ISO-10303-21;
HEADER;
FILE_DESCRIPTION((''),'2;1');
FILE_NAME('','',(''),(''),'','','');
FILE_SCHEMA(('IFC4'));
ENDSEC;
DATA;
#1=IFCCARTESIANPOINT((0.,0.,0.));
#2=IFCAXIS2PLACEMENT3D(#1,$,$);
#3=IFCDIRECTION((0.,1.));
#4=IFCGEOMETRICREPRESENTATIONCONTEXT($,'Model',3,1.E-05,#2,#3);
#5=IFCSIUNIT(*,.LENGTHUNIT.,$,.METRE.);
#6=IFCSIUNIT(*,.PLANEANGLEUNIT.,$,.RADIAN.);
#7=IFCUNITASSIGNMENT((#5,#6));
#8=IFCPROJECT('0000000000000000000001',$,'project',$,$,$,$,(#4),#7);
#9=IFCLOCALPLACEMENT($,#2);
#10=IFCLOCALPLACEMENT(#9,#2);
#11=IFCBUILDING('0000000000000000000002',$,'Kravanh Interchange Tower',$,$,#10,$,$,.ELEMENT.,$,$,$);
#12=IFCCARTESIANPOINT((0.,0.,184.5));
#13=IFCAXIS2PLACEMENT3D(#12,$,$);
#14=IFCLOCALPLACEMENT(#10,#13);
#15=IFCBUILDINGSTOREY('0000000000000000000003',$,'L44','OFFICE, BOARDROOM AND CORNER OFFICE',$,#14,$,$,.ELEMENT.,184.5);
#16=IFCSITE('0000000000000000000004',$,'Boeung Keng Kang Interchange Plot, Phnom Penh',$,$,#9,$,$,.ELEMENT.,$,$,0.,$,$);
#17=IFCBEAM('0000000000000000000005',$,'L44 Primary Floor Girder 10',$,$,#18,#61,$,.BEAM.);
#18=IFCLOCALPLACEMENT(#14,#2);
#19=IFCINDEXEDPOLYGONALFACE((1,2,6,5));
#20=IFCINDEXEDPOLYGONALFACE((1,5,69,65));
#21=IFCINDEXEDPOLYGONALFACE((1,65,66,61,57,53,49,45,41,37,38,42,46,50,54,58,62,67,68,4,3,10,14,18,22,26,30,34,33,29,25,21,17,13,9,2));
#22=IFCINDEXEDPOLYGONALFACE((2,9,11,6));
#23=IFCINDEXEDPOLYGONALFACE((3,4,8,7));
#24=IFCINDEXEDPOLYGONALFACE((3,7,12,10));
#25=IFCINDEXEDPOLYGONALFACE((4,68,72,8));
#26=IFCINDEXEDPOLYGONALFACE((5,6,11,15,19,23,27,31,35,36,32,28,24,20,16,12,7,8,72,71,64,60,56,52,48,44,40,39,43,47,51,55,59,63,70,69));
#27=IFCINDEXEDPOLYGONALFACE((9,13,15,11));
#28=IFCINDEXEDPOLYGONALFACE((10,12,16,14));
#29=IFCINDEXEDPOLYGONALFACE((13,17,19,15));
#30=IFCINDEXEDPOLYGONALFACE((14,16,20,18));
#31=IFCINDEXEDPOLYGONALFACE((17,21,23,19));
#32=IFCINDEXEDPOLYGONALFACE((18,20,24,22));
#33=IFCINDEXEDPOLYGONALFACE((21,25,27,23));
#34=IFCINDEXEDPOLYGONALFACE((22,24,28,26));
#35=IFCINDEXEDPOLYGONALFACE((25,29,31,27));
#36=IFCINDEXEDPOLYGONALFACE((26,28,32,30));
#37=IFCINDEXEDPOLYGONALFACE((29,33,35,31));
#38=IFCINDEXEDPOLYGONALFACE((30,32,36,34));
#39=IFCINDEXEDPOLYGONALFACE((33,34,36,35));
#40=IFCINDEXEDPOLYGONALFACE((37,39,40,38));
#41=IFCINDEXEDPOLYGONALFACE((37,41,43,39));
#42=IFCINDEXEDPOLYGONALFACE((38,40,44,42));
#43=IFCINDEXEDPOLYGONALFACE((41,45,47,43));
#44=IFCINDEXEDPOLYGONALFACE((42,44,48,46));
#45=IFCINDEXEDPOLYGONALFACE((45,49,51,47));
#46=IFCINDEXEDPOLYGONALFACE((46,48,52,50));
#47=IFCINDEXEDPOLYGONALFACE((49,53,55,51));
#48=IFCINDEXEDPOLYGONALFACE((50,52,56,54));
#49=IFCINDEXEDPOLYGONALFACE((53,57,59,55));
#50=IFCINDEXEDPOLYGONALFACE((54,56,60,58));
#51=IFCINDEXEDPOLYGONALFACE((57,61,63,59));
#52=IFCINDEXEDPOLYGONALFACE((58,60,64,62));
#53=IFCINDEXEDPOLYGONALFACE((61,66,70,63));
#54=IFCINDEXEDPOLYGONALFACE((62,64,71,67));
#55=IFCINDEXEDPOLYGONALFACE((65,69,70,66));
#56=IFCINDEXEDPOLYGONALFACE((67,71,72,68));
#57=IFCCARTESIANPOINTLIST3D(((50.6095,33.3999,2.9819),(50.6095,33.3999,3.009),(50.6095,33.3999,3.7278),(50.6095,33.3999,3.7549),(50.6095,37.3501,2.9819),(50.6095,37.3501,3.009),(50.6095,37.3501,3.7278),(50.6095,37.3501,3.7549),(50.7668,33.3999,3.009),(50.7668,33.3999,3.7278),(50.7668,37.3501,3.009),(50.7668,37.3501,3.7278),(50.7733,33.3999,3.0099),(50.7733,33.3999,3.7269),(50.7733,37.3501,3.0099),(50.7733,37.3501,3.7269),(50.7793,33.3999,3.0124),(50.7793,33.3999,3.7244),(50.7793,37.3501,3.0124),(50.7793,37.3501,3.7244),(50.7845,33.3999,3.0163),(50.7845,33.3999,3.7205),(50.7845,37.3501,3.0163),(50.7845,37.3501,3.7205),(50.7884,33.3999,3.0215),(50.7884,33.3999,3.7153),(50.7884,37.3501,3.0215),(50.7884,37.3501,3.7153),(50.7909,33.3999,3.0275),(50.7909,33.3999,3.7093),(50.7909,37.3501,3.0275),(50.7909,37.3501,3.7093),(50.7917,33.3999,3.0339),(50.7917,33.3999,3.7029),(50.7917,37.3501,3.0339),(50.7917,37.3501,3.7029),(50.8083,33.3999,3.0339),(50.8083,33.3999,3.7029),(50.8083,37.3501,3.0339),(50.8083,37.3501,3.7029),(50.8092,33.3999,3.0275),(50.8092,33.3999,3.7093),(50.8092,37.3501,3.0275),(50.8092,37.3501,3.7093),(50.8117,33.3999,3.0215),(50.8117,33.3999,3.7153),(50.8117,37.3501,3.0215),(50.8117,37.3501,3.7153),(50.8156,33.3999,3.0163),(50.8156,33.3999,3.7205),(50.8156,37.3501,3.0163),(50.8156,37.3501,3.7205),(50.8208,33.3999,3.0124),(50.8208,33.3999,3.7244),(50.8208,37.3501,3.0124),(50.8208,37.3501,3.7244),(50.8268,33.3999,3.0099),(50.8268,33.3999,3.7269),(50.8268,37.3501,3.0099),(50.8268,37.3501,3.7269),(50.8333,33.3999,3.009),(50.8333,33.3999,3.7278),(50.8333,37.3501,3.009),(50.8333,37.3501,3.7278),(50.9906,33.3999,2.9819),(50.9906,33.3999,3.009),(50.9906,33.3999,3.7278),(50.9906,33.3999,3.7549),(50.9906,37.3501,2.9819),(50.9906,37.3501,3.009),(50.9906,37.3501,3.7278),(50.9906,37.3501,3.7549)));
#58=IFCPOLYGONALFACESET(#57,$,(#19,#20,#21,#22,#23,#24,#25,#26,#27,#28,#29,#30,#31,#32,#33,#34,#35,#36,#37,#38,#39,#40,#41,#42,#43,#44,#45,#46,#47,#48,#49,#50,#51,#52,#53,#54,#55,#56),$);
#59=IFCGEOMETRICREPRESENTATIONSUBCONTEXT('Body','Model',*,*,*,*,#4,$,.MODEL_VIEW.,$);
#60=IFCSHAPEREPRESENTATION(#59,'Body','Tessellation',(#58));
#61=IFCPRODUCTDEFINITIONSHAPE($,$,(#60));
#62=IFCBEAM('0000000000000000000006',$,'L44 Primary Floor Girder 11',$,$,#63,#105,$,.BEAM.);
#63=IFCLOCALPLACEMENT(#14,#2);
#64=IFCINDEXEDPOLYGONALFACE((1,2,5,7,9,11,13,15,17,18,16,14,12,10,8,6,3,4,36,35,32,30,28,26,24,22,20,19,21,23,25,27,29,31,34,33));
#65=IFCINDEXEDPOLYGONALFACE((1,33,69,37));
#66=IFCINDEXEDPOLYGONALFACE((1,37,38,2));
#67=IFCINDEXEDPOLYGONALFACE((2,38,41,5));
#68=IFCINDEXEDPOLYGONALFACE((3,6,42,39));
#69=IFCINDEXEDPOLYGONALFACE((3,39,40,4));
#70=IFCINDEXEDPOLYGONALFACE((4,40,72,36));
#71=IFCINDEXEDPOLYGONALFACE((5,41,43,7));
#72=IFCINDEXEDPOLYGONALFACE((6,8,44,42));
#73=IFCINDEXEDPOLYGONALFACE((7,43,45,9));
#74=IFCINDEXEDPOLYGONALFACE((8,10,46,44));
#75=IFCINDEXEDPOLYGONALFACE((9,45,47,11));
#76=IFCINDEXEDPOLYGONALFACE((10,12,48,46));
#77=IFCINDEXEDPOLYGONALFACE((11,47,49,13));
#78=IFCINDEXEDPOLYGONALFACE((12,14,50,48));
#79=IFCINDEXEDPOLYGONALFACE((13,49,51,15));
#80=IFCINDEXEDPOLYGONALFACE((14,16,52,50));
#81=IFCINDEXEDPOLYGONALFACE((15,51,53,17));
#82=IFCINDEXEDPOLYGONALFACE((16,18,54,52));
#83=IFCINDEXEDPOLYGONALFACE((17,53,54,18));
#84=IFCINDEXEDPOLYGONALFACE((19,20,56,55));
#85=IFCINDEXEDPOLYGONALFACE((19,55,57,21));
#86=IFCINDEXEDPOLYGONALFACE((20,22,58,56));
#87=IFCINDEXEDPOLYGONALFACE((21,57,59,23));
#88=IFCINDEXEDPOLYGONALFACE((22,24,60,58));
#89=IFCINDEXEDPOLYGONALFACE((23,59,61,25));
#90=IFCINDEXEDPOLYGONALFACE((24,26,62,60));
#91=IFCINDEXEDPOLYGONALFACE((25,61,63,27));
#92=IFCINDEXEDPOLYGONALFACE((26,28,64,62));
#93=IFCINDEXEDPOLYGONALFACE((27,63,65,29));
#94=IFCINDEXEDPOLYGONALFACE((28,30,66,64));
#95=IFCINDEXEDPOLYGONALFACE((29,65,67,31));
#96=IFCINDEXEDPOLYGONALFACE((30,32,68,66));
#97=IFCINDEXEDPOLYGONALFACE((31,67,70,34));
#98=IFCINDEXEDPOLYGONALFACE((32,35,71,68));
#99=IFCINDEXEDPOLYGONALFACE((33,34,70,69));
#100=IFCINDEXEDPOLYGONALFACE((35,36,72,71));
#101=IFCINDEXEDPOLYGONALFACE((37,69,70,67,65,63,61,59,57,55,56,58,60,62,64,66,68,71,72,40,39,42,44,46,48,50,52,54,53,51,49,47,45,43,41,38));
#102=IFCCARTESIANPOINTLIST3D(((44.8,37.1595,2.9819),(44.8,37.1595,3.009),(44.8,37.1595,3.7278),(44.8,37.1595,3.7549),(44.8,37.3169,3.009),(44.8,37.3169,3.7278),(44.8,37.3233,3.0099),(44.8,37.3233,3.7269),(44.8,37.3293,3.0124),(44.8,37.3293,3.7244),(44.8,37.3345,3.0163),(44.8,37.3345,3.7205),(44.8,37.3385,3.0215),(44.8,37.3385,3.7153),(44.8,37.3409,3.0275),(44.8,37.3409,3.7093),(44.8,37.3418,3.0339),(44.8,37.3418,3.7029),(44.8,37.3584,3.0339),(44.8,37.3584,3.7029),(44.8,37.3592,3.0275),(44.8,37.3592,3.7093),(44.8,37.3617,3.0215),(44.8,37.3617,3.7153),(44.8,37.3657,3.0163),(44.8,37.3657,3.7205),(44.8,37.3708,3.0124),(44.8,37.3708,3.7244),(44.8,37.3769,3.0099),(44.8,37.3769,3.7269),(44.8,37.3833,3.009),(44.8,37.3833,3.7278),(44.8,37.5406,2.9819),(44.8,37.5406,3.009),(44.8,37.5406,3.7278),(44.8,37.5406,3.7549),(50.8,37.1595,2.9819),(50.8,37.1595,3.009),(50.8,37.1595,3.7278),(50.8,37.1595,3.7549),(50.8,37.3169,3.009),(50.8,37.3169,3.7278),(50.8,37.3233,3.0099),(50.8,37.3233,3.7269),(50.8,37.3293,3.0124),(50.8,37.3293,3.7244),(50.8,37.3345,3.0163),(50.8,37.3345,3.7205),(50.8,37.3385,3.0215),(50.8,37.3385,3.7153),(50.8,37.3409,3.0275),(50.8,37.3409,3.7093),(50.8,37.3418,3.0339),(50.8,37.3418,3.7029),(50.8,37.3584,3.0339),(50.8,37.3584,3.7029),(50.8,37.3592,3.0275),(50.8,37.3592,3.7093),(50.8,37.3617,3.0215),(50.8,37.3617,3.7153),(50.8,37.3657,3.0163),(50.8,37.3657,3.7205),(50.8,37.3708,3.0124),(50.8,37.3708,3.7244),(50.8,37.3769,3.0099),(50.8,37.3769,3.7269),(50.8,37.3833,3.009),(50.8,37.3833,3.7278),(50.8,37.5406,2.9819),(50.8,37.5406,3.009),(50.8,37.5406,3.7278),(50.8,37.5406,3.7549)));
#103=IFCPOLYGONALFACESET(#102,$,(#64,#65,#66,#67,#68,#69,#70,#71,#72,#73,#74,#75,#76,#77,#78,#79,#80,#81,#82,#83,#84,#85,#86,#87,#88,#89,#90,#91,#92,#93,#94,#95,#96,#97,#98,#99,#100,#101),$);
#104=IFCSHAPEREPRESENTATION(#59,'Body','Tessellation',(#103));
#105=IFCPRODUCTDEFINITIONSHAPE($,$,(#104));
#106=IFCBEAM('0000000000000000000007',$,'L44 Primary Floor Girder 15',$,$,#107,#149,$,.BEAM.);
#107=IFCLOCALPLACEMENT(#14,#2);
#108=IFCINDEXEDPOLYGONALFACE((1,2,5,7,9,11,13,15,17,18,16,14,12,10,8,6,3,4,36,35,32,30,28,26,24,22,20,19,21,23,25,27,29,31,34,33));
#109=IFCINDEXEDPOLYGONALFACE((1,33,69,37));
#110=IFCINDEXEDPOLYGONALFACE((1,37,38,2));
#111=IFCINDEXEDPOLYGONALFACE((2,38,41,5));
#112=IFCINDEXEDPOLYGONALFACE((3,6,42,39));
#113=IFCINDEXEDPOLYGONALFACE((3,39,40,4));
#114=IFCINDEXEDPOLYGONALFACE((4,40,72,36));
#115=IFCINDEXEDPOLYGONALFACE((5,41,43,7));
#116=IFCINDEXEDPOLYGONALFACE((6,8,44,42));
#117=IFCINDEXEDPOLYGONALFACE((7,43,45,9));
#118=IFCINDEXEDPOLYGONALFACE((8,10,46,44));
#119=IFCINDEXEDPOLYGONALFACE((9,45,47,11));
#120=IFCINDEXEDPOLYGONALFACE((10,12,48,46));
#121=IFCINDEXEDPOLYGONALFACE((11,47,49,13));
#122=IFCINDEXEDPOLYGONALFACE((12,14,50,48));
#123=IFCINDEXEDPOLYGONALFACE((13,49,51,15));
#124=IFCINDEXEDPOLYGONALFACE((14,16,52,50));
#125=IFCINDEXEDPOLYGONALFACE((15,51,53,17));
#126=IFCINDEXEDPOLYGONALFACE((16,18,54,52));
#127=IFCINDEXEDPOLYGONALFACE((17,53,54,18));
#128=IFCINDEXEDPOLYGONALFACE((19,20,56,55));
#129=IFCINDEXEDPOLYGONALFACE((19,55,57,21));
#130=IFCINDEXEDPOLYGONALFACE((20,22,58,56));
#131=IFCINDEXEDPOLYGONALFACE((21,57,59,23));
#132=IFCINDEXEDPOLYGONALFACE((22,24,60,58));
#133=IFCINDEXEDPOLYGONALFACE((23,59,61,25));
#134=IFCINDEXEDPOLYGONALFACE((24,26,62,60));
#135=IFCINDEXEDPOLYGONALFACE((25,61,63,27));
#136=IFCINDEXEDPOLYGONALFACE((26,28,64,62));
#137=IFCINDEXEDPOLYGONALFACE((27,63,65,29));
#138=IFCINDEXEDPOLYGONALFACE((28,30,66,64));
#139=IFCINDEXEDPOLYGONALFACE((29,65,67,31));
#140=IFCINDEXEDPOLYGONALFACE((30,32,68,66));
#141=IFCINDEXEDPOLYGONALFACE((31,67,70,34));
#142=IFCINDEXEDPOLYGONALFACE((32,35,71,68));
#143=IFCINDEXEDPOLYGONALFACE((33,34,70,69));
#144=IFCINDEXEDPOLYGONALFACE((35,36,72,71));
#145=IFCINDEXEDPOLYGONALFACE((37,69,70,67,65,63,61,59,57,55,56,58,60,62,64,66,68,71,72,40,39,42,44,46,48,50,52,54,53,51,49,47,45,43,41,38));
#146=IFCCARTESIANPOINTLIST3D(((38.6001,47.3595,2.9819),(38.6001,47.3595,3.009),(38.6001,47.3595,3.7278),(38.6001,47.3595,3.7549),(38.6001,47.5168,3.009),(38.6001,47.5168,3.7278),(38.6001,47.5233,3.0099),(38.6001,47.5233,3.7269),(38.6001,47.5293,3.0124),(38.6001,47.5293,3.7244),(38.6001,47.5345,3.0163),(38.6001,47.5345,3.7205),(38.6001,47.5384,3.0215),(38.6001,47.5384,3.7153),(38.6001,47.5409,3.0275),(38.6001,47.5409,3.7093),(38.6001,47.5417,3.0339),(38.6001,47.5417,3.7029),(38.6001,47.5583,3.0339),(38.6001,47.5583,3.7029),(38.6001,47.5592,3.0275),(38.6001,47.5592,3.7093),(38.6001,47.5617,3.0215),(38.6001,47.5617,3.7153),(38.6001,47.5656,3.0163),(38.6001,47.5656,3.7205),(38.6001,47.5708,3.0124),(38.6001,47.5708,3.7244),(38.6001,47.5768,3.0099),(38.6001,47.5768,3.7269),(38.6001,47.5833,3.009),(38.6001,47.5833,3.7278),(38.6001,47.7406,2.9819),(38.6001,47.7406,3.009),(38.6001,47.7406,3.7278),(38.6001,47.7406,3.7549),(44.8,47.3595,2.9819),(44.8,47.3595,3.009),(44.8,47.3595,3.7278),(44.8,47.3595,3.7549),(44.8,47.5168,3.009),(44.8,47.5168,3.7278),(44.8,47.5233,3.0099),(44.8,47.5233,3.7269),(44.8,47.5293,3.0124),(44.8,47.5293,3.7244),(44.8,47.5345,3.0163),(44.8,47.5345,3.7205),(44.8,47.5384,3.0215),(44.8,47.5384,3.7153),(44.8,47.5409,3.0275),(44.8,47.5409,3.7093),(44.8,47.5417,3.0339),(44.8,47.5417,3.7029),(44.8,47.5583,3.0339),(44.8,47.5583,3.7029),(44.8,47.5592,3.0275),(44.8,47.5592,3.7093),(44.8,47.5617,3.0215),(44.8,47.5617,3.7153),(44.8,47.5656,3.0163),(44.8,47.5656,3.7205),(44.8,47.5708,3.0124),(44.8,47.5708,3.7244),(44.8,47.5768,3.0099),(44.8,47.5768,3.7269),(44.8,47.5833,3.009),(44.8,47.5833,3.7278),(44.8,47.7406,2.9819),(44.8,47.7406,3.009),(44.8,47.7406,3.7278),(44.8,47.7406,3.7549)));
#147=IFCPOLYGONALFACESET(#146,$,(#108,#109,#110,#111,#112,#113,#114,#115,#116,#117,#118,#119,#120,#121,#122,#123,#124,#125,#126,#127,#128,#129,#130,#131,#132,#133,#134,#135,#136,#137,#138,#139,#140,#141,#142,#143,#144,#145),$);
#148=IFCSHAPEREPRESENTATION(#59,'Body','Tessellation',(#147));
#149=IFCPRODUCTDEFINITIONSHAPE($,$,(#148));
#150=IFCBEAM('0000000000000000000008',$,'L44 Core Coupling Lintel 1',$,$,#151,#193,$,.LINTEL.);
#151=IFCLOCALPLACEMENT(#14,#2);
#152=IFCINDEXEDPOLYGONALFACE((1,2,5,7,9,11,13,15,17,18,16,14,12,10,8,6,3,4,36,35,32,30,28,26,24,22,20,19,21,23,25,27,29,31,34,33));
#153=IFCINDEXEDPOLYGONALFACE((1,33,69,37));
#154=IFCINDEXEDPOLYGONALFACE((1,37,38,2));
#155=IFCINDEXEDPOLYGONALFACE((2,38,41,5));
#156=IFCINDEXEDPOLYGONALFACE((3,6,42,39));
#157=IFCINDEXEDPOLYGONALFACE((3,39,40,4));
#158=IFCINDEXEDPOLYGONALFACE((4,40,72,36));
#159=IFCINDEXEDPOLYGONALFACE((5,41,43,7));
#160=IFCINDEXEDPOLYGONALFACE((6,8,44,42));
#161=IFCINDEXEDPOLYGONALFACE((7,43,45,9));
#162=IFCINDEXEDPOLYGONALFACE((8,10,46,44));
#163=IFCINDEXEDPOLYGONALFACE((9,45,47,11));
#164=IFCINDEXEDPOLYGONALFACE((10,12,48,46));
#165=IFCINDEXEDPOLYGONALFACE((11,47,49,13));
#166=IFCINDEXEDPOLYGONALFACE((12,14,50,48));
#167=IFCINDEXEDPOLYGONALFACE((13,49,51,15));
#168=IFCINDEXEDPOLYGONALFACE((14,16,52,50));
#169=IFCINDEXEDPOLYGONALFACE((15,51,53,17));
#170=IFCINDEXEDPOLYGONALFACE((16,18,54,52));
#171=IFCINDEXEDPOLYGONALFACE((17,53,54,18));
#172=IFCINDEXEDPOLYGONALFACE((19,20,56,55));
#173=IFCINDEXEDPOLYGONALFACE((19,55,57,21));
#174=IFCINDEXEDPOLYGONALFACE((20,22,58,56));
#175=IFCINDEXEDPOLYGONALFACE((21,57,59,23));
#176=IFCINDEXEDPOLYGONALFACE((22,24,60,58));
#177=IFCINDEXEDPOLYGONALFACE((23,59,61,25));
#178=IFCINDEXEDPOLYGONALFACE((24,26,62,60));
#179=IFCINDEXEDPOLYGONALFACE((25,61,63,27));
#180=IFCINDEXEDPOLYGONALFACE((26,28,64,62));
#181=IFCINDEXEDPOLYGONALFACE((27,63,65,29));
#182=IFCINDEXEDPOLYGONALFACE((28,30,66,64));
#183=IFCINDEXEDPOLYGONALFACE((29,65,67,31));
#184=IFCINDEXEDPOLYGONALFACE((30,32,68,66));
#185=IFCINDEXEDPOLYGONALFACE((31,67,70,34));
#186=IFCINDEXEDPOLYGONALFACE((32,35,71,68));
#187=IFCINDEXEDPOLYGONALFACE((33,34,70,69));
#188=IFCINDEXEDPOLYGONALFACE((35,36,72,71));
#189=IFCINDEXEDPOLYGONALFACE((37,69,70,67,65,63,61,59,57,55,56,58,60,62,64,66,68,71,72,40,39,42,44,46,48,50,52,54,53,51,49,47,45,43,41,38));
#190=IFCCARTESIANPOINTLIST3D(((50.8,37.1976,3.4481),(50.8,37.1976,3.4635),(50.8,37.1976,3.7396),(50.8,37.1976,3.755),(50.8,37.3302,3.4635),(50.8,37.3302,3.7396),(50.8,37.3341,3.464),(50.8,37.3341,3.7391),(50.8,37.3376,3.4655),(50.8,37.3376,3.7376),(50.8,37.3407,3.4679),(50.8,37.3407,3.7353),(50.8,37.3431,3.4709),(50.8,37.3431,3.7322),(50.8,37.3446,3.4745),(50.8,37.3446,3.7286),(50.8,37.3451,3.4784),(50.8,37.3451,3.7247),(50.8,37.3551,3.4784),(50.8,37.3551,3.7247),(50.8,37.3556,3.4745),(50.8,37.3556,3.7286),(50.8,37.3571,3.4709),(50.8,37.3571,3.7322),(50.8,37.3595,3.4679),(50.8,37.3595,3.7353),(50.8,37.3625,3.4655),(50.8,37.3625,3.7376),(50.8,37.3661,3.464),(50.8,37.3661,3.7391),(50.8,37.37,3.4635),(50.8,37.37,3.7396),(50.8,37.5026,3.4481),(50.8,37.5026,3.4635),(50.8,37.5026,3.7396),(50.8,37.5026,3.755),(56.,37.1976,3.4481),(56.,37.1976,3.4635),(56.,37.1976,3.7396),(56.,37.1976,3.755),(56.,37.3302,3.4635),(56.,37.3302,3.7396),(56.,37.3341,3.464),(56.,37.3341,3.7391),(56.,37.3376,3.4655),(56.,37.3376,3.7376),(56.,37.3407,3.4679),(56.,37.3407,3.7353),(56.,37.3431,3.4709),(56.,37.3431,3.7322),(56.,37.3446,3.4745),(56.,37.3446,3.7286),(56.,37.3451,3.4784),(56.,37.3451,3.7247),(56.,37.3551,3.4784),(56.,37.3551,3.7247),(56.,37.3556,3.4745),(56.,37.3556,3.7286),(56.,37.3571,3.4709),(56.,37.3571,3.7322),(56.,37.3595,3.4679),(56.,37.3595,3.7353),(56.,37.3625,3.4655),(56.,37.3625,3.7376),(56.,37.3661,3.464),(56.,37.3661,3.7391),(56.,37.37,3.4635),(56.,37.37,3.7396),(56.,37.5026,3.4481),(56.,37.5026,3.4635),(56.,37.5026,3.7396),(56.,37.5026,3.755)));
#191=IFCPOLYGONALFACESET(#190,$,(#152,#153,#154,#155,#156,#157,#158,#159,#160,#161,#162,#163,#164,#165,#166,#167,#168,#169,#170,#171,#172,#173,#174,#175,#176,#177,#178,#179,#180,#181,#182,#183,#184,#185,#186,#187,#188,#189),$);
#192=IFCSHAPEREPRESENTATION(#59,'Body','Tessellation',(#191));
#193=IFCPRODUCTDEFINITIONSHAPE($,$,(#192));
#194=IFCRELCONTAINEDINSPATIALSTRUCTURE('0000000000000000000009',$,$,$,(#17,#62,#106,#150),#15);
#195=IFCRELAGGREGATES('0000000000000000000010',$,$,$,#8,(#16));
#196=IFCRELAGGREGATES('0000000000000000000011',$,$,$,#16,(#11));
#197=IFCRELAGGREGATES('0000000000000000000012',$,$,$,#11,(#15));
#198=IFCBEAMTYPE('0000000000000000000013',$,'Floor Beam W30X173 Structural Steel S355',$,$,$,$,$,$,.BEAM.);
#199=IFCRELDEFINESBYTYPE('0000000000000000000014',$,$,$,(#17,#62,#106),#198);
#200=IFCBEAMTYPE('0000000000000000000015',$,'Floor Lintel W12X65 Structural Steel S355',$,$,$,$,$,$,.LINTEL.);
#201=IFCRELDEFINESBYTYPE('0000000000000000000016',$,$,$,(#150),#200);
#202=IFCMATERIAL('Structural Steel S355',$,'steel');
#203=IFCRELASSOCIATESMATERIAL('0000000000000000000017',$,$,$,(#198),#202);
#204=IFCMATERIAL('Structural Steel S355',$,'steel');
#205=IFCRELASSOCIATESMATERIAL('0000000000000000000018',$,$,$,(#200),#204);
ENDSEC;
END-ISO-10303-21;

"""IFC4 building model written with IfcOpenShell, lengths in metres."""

from ifc_helpers import new_model, si_unit, direction, frame, origin, origin_2d, place, context, subcontext, project, spatial, i_section, extrude, material, material_profile, profile_set, type_object, element, save


model = new_model("IFC4")

# Units and contexts
model_context = context("Model", 3, precision=1e-05, world=origin(), true_north=direction((0.0, 1.0)))
body_context = subcontext(model_context, "Body", "Model", "MODEL_VIEW")
ifc_project = project(units=[si_unit("LENGTHUNIT", "METRE"), si_unit("PLANEANGLEUNIT", "RADIAN")], contexts=[model_context])

# Site, building, storey
site_placement = place(None, origin())
site = spatial("IfcSite", under=ifc_project, at=site_placement, Name="Boeung Keng Kang Interchange Plot, Phnom Penh", CompositionType="ELEMENT", RefElevation=0.0)
building_placement = place(site_placement, origin())
building = spatial("IfcBuilding", under=site, at=building_placement, Name="Kravanh Interchange Tower", CompositionType="ELEMENT")
storey_placement = place(building_placement, frame((0.0, 0.0, 184.5)))
storey = spatial("IfcBuildingStorey", under=building, at=storey_placement, Name="L44", Description="OFFICE, BOARDROOM AND CORNER OFFICE", CompositionType="ELEMENT", Elevation=184.5)

# Beams
ifc_material_1 = material(Name="Structural Steel S355", Category="steel")
ifc_material_profile_1 = material_profile(ifc_material_1, i_section(OverallWidth=0.3811, OverallDepth=0.7729, WebThickness=0.0166, FlangeThickness=0.0271, FilletRadius=0.0249, at=origin_2d()), Name="W30X173")
ifc_profile_set_1 = profile_set([ifc_material_profile_1], Name="Structural Steel S355")
beam_type_1 = type_object("IfcBeamType", Name="Floor Beam W30X173 Structural Steel S355", PredefinedType="BEAM", material=ifc_profile_set_1)
beam_1_placement = place(storey_placement, frame((50.8, 37.3501, 3.3684), z_axis=(0.0, -1.0, 0.0), x_axis=(1.0, 0.0, 0.0)))
element("IfcBeam", 1, at=beam_1_placement, inside=storey, type_object=beam_type_1, Name="L44 Primary Floor Girder 10", PredefinedType="BEAM", context=body_context, shape_type="SweptSolid", body=[
    extrude(i_section(OverallWidth=0.3811, OverallDepth=0.7729, WebThickness=0.0166, FlangeThickness=0.0271, FilletRadius=0.0249, at=origin_2d()), origin(), (0.0, 0.0, 1.0), 3.9502),
])
beam_2_placement = place(storey_placement, frame((50.8, 37.3501, 3.3684), z_axis=(-1.0, 0.0, 0.0), x_axis=(0.0, -1.0, 0.0)))
element("IfcBeam", 2, at=beam_2_placement, inside=storey, type_object=beam_type_1, Name="L44 Primary Floor Girder 11", PredefinedType="BEAM", context=body_context, shape_type="SweptSolid", body=[
    extrude(i_section(OverallWidth=0.3811, OverallDepth=0.7729, WebThickness=0.0166, FlangeThickness=0.0271, FilletRadius=0.0249, at=origin_2d()), origin(), (0.0, 0.0, 1.0), 6.0),
])
beam_3_placement = place(storey_placement, frame((44.8, 47.55, 3.3684), z_axis=(-1.0, 0.0, 0.0), x_axis=(0.0, -1.0, 0.0)))
element("IfcBeam", 3, at=beam_3_placement, inside=storey, type_object=beam_type_1, Name="L44 Primary Floor Girder 15", PredefinedType="BEAM", context=body_context, shape_type="SweptSolid", body=[
    extrude(i_section(OverallWidth=0.3811, OverallDepth=0.7729, WebThickness=0.0166, FlangeThickness=0.0271, FilletRadius=0.0249, at=origin_2d()), origin(), (0.0, 0.0, 1.0), 6.2),
])
ifc_material_2 = material(Name="Structural Steel S355", Category="steel")
ifc_material_profile_2 = material_profile(ifc_material_2, i_section(OverallWidth=0.3049, OverallDepth=0.3069, WebThickness=0.01, FlangeThickness=0.0154, FilletRadius=0.0149, at=origin_2d()), Name="W12X65")
ifc_profile_set_2 = profile_set([ifc_material_profile_2], Name="Structural Steel S355")
beam_type_2 = type_object("IfcBeamType", Name="Floor Lintel W12X65 Structural Steel S355", PredefinedType="LINTEL", material=ifc_profile_set_2)
beam_4_placement = place(storey_placement, frame((50.8, 37.3501, 3.6016), z_axis=(1.0, 0.0, 0.0), x_axis=(0.0, 1.0, 0.0)))
element("IfcBeam", 4, at=beam_4_placement, inside=storey, type_object=beam_type_2, Name="L44 Core Coupling Lintel 1", PredefinedType="LINTEL", context=body_context, shape_type="SweptSolid", body=[
    extrude(i_section(OverallWidth=0.3049, OverallDepth=0.3069, WebThickness=0.01, FlangeThickness=0.0154, FilletRadius=0.0149, at=origin_2d()), origin(), (0.0, 0.0, 1.0), 5.2),
])

save(model, "model.ifc")
